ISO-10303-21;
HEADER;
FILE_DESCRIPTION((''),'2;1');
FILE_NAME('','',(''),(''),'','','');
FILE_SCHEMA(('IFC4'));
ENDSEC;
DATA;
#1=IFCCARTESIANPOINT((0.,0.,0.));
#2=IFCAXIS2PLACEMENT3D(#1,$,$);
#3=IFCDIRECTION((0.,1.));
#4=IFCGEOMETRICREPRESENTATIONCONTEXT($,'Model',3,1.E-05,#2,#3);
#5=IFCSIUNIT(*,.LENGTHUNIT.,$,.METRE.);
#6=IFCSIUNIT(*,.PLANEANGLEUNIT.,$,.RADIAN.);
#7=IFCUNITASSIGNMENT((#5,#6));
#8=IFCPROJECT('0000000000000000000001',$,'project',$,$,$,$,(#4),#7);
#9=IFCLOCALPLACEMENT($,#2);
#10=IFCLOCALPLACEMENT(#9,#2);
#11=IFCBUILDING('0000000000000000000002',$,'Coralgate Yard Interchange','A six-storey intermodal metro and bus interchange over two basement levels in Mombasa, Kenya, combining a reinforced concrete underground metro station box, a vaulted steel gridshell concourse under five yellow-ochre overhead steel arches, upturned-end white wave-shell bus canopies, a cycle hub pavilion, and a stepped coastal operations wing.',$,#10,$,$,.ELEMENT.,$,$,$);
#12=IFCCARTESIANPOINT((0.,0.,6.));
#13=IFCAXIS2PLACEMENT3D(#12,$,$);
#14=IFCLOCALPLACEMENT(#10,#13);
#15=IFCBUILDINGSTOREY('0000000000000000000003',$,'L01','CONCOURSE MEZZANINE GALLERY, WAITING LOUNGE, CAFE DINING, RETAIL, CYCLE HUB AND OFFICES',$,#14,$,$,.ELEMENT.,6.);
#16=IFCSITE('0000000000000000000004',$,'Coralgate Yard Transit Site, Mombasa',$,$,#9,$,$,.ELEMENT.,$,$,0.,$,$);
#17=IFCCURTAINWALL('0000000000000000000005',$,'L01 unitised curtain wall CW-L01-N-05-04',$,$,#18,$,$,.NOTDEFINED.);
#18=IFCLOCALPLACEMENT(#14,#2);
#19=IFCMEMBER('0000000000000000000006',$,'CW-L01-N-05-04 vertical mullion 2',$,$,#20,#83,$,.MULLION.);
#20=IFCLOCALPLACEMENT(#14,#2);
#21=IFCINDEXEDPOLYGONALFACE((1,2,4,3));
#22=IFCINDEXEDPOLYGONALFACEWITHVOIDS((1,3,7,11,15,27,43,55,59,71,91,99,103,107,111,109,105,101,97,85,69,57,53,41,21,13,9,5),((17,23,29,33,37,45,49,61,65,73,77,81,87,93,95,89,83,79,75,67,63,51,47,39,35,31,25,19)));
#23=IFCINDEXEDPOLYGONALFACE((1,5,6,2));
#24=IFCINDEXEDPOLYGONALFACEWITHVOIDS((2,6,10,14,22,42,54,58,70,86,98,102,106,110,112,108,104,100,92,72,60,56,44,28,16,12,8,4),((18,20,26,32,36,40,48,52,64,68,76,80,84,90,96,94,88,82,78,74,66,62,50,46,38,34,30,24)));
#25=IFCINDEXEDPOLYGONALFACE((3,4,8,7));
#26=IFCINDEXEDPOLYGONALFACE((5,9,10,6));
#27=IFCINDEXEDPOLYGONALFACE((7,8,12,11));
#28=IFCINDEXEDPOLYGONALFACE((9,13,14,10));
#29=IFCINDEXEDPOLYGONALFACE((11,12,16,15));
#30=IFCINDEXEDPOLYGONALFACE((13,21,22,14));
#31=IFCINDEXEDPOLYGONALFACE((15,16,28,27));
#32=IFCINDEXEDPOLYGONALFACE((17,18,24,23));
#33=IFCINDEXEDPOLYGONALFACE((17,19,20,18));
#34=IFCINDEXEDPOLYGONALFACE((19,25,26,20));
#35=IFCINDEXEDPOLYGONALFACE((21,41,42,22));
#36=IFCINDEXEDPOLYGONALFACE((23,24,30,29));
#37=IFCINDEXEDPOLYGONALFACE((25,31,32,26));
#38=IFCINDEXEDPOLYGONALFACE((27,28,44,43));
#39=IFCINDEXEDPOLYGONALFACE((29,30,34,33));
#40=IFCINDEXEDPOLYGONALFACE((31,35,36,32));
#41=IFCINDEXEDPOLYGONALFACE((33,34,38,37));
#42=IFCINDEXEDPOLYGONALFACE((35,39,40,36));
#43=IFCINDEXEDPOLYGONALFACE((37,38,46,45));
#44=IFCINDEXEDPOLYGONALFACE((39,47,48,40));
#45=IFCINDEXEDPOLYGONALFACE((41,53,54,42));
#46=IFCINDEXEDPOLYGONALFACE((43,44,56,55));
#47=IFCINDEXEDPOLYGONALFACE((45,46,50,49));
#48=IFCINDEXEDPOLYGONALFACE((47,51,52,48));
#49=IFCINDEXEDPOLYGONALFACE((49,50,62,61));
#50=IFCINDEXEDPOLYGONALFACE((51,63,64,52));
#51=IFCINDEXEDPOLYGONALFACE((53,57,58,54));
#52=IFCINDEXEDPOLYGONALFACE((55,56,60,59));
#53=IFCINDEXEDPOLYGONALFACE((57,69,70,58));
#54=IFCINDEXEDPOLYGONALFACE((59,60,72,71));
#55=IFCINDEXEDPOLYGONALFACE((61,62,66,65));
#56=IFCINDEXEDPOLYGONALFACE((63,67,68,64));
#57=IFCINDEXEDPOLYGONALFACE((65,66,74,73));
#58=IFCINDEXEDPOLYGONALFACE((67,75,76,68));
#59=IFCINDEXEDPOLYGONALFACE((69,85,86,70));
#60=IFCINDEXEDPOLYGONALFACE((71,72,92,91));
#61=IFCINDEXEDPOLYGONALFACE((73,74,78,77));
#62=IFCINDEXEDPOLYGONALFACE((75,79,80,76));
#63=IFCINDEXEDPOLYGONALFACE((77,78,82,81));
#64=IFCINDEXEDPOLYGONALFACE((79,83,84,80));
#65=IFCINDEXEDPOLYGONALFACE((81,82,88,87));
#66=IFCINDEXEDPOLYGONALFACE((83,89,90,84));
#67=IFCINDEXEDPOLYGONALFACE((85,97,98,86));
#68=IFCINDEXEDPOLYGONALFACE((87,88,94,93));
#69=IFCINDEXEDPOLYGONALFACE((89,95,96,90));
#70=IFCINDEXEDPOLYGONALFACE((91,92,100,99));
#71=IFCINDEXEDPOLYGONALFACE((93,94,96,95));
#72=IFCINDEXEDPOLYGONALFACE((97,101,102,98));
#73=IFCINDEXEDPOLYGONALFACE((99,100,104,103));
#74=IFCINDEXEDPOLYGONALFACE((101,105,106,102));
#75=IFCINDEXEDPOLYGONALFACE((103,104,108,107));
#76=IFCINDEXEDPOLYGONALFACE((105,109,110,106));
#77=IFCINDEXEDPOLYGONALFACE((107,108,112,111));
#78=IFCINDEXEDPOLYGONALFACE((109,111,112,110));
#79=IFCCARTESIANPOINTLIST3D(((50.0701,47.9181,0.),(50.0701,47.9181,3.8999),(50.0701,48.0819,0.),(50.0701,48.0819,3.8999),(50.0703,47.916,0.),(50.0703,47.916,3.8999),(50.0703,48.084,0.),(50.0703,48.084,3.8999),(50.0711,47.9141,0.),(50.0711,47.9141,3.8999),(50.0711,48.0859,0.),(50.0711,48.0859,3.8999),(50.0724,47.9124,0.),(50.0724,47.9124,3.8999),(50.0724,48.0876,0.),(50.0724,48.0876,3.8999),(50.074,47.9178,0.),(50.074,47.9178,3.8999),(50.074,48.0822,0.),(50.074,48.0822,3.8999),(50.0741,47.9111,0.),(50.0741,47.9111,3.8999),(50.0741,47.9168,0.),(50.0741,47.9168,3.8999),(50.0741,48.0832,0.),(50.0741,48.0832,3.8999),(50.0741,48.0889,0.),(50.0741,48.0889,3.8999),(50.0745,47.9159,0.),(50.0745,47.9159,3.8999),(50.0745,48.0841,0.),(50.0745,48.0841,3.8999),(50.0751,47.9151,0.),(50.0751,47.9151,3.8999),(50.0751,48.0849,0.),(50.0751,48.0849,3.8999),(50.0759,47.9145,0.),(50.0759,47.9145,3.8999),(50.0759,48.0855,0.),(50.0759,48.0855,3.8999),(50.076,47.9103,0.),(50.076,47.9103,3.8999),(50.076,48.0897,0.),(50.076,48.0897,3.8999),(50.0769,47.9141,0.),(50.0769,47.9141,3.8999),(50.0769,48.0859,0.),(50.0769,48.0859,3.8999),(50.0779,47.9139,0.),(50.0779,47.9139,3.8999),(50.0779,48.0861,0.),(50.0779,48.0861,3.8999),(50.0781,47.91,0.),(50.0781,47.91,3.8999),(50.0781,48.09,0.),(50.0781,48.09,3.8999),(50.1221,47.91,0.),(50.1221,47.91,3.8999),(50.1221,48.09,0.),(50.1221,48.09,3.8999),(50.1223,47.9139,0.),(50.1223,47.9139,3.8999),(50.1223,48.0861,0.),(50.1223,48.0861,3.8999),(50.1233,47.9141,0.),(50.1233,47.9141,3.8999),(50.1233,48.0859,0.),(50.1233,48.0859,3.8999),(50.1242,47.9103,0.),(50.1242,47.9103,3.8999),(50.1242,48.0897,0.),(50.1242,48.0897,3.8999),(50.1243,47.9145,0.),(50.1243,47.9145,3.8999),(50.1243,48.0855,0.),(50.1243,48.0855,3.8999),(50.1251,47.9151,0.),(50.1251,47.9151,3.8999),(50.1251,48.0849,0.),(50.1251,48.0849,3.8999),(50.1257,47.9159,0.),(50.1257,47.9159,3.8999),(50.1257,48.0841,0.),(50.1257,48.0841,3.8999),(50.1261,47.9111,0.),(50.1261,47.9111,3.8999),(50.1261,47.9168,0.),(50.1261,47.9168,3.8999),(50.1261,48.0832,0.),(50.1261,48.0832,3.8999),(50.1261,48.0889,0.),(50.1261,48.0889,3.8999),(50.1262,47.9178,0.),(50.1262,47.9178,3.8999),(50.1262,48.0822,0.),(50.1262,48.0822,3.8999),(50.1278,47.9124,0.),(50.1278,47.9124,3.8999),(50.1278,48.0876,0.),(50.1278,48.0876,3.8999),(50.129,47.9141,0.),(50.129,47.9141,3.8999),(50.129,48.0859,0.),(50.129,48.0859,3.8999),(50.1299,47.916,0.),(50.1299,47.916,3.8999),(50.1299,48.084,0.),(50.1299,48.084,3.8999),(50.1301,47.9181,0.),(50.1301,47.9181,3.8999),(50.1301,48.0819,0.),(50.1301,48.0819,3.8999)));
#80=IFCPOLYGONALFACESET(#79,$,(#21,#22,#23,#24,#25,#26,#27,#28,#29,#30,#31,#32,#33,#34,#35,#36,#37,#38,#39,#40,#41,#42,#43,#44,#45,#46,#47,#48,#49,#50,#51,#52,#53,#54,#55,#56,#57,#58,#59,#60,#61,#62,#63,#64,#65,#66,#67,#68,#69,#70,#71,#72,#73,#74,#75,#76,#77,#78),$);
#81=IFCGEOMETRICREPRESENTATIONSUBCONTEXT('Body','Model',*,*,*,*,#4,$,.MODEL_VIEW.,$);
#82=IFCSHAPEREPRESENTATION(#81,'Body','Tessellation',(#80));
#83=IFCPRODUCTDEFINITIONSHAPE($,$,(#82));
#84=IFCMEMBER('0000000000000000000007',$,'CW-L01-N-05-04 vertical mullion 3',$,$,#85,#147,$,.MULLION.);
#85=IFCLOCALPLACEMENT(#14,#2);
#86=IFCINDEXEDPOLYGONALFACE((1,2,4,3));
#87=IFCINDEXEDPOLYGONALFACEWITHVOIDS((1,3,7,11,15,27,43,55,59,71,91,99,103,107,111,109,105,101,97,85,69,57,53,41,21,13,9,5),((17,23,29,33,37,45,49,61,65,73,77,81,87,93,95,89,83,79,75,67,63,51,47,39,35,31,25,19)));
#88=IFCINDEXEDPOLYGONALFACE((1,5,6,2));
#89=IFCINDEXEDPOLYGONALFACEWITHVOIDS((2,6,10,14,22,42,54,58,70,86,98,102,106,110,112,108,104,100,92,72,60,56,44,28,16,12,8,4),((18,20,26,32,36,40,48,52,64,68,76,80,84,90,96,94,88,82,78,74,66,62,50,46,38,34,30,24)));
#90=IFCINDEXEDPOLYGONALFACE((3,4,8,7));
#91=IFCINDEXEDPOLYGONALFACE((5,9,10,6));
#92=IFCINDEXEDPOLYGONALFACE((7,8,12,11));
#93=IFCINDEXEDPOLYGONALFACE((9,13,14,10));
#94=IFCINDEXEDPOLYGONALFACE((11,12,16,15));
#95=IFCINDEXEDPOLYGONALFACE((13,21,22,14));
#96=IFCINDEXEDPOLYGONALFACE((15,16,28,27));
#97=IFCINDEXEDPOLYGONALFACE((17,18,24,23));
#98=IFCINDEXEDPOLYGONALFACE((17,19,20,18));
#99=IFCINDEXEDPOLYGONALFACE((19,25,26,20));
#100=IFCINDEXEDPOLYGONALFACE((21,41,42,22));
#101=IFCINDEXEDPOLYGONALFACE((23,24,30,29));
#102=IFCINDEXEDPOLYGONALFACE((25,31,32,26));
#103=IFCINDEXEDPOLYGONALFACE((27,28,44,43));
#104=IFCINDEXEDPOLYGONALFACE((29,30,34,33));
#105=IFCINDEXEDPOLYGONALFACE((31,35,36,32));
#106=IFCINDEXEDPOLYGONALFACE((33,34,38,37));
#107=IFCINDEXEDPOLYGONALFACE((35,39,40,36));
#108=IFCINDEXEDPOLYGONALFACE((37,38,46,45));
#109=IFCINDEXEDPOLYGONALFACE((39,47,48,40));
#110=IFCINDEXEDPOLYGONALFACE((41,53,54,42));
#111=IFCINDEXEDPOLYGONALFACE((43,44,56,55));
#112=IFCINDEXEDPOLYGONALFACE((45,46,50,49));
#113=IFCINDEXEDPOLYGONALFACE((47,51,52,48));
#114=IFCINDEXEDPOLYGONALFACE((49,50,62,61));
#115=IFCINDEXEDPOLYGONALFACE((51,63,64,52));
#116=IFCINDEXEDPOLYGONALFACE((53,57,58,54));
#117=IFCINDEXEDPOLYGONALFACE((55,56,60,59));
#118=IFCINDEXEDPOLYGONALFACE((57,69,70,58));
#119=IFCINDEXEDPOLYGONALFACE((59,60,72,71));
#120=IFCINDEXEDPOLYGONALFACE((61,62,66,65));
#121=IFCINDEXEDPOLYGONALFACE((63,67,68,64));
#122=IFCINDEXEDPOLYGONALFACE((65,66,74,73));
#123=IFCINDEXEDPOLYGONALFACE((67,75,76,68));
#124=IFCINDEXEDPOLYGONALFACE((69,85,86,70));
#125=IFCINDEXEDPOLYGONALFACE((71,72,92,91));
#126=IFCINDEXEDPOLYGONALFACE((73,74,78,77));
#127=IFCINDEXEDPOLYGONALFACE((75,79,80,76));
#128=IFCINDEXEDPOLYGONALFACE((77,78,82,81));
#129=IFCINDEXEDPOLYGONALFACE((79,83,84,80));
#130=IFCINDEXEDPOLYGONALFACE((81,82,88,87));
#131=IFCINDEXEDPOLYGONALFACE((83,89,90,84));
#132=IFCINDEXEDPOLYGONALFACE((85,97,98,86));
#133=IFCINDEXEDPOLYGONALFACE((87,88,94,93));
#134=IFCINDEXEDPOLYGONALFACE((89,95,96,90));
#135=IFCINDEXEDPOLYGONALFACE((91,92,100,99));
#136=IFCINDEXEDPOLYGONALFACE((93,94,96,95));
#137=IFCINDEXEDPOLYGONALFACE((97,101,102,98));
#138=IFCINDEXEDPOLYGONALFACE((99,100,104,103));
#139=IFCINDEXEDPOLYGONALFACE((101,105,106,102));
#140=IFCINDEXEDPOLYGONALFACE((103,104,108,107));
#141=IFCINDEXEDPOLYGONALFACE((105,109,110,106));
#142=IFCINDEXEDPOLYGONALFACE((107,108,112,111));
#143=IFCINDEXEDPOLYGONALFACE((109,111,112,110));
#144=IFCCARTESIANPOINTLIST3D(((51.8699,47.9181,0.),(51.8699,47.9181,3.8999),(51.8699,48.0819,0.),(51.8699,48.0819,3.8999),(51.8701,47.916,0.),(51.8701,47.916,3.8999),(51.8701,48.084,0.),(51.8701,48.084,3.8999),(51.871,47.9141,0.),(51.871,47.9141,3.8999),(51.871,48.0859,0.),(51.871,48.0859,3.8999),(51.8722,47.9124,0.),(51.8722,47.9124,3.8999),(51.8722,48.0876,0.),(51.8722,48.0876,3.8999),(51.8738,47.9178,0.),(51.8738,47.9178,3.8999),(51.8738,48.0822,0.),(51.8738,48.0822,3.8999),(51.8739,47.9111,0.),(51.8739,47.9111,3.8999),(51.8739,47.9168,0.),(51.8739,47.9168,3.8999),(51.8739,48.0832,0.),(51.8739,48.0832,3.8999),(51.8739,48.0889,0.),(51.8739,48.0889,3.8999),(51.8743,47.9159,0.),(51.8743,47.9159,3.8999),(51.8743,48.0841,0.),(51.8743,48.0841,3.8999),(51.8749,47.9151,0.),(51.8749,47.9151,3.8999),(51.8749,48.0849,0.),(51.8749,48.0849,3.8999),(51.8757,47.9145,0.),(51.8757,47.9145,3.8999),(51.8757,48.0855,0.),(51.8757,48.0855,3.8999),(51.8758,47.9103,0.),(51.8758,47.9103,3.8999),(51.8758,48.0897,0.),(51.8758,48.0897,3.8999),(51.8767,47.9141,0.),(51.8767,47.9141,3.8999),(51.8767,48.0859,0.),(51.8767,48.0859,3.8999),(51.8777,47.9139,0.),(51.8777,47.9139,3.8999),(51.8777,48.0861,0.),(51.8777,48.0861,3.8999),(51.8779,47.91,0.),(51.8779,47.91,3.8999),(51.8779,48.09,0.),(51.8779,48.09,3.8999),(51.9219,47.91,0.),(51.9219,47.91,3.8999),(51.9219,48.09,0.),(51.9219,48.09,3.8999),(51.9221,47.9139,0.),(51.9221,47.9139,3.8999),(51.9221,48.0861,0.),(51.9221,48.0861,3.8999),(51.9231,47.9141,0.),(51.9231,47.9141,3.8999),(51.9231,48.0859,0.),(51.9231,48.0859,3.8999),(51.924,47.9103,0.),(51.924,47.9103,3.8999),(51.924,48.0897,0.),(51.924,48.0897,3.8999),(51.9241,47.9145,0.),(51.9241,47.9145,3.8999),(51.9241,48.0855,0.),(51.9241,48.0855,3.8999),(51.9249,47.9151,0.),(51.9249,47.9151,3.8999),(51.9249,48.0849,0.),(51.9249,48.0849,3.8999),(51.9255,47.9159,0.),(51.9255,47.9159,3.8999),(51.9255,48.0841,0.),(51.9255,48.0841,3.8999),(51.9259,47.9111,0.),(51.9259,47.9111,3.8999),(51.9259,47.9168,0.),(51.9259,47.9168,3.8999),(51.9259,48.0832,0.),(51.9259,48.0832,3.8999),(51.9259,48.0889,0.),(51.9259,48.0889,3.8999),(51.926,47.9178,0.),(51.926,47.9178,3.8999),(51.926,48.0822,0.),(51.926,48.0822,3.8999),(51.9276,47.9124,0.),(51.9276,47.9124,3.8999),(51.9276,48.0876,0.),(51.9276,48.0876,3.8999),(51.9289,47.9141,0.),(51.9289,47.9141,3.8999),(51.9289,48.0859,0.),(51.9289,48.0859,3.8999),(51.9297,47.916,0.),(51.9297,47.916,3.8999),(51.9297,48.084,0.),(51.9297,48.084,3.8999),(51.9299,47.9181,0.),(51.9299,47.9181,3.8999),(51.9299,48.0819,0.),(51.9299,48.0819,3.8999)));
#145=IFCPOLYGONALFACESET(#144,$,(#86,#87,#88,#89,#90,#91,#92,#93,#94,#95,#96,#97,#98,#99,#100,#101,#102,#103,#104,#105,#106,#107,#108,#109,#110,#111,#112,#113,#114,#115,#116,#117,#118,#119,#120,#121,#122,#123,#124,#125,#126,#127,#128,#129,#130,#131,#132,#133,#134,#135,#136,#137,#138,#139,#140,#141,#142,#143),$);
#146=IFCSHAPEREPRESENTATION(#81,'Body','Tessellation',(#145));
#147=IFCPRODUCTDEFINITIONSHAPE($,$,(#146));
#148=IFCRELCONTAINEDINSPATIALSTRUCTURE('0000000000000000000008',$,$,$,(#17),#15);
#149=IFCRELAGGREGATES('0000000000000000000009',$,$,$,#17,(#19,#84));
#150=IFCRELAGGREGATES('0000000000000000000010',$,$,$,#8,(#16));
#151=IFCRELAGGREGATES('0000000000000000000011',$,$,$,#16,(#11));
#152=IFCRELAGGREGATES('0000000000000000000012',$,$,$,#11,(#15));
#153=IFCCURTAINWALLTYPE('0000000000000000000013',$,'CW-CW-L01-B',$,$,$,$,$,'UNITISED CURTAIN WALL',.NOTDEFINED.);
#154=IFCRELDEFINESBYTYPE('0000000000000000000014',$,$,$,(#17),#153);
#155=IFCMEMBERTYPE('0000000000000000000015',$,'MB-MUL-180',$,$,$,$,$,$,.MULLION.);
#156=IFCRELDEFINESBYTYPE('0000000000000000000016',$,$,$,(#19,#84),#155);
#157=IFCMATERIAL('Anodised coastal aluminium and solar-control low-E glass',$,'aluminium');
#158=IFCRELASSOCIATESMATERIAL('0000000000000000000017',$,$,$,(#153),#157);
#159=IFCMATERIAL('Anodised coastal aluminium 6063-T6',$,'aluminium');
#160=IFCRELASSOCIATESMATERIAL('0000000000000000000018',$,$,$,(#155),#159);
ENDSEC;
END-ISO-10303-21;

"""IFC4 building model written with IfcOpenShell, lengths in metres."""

from ifc_helpers import new_model, si_unit, direction, frame, origin, origin_2d, place, context, subcontext, project, spatial, hollow_rectangle, extrude, material, material_profile, profile_set, type_object, element, aggregate, save


model = new_model("IFC4")

# Units and contexts
model_context = context("Model", 3, precision=1e-05, world=origin(), true_north=direction((0.0, 1.0)))
body_context = subcontext(model_context, "Body", "Model", "MODEL_VIEW")
ifc_project = project(units=[si_unit("LENGTHUNIT", "METRE"), si_unit("PLANEANGLEUNIT", "RADIAN")], contexts=[model_context])

# Site, building, storey
site_placement = place(None, origin())
site = spatial("IfcSite", under=ifc_project, at=site_placement, Name="Coralgate Yard Transit Site, Mombasa", CompositionType="ELEMENT", RefElevation=0.0)
building_placement = place(site_placement, origin())
building = spatial("IfcBuilding", under=site, at=building_placement, Name="Coralgate Yard Interchange", Description="A six-storey intermodal metro and bus interchange over two basement levels in Mombasa, Kenya, combining a reinforced concrete underground metro station box, a vaulted steel gridshell concourse under five yellow-ochre overhead steel arches, upturned-end white wave-shell bus canopies, a cycle hub pavilion, and a stepped coastal operations wing.", CompositionType="ELEMENT")
storey_placement = place(building_placement, frame((0.0, 0.0, 6.0)))
storey = spatial("IfcBuildingStorey", under=building, at=storey_placement, Name="L01", Description="CONCOURSE MEZZANINE GALLERY, WAITING LOUNGE, CAFE DINING, RETAIL, CYCLE HUB AND OFFICES", CompositionType="ELEMENT", Elevation=6.0)

# Curtain wall, members
ifc_material_1 = material(Name="Anodised coastal aluminium and solar-control low-E glass", Category="aluminium")
curtain_wall_type = type_object("IfcCurtainWallType", Name="CW-CW-L01-B", ElementType="UNITISED CURTAIN WALL", PredefinedType="NOTDEFINED", material=ifc_material_1)
curtain_wall_placement = place(storey_placement, origin())
curtain_wall = element("IfcCurtainWall", 1, at=curtain_wall_placement, inside=storey, type_object=curtain_wall_type, Name="L01 unitised curtain wall CW-L01-N-05-04", PredefinedType="NOTDEFINED")
ifc_material_2 = material(Name="Anodised coastal aluminium 6063-T6", Category="aluminium")
ifc_material_profile_1 = material_profile(ifc_material_2, hollow_rectangle(XDim=0.0601, YDim=0.1799, WallThickness=0.0039, InnerFilletRadius=0.0039, OuterFilletRadius=0.0081, at=origin_2d()), Name="ALU 60x180x4")
ifc_profile_set_1 = profile_set([ifc_material_profile_1], Name="Anodised coastal aluminium 6063-T6")
member_type_1 = type_object("IfcMemberType", Name="MB-MUL-180", PredefinedType="MULLION", material=ifc_profile_set_1)
member_1_placement = place(storey_placement, frame((50.1001, 48.0, 0.0), z_axis=(0.0, 0.0, 1.0), x_axis=(1.0, 0.0, 0.0)))
member_1 = element("IfcMember", 2, at=member_1_placement, type_object=member_type_1, Name="CW-L01-N-05-04 vertical mullion 2", PredefinedType="MULLION", context=body_context, shape_type="SweptSolid", body=[
    extrude(hollow_rectangle(XDim=0.0601, YDim=0.1799, WallThickness=0.0039, InnerFilletRadius=0.0039, OuterFilletRadius=0.0081, at=origin_2d()), origin(), (0.0, 0.0, 1.0), 3.8999),
])
member_2_placement = place(storey_placement, frame((51.8999, 48.0, 0.0), z_axis=(0.0, 0.0, 1.0), x_axis=(1.0, 0.0, 0.0)))
member_2 = element("IfcMember", 3, at=member_2_placement, type_object=member_type_1, Name="CW-L01-N-05-04 vertical mullion 3", PredefinedType="MULLION", context=body_context, shape_type="SweptSolid", body=[
    extrude(hollow_rectangle(XDim=0.0601, YDim=0.1799, WallThickness=0.0039, InnerFilletRadius=0.0039, OuterFilletRadius=0.0081, at=origin_2d()), origin(), (0.0, 0.0, 1.0), 3.8999),
])
aggregate(curtain_wall, [member_1, member_2])

save(model, "model.ifc")
